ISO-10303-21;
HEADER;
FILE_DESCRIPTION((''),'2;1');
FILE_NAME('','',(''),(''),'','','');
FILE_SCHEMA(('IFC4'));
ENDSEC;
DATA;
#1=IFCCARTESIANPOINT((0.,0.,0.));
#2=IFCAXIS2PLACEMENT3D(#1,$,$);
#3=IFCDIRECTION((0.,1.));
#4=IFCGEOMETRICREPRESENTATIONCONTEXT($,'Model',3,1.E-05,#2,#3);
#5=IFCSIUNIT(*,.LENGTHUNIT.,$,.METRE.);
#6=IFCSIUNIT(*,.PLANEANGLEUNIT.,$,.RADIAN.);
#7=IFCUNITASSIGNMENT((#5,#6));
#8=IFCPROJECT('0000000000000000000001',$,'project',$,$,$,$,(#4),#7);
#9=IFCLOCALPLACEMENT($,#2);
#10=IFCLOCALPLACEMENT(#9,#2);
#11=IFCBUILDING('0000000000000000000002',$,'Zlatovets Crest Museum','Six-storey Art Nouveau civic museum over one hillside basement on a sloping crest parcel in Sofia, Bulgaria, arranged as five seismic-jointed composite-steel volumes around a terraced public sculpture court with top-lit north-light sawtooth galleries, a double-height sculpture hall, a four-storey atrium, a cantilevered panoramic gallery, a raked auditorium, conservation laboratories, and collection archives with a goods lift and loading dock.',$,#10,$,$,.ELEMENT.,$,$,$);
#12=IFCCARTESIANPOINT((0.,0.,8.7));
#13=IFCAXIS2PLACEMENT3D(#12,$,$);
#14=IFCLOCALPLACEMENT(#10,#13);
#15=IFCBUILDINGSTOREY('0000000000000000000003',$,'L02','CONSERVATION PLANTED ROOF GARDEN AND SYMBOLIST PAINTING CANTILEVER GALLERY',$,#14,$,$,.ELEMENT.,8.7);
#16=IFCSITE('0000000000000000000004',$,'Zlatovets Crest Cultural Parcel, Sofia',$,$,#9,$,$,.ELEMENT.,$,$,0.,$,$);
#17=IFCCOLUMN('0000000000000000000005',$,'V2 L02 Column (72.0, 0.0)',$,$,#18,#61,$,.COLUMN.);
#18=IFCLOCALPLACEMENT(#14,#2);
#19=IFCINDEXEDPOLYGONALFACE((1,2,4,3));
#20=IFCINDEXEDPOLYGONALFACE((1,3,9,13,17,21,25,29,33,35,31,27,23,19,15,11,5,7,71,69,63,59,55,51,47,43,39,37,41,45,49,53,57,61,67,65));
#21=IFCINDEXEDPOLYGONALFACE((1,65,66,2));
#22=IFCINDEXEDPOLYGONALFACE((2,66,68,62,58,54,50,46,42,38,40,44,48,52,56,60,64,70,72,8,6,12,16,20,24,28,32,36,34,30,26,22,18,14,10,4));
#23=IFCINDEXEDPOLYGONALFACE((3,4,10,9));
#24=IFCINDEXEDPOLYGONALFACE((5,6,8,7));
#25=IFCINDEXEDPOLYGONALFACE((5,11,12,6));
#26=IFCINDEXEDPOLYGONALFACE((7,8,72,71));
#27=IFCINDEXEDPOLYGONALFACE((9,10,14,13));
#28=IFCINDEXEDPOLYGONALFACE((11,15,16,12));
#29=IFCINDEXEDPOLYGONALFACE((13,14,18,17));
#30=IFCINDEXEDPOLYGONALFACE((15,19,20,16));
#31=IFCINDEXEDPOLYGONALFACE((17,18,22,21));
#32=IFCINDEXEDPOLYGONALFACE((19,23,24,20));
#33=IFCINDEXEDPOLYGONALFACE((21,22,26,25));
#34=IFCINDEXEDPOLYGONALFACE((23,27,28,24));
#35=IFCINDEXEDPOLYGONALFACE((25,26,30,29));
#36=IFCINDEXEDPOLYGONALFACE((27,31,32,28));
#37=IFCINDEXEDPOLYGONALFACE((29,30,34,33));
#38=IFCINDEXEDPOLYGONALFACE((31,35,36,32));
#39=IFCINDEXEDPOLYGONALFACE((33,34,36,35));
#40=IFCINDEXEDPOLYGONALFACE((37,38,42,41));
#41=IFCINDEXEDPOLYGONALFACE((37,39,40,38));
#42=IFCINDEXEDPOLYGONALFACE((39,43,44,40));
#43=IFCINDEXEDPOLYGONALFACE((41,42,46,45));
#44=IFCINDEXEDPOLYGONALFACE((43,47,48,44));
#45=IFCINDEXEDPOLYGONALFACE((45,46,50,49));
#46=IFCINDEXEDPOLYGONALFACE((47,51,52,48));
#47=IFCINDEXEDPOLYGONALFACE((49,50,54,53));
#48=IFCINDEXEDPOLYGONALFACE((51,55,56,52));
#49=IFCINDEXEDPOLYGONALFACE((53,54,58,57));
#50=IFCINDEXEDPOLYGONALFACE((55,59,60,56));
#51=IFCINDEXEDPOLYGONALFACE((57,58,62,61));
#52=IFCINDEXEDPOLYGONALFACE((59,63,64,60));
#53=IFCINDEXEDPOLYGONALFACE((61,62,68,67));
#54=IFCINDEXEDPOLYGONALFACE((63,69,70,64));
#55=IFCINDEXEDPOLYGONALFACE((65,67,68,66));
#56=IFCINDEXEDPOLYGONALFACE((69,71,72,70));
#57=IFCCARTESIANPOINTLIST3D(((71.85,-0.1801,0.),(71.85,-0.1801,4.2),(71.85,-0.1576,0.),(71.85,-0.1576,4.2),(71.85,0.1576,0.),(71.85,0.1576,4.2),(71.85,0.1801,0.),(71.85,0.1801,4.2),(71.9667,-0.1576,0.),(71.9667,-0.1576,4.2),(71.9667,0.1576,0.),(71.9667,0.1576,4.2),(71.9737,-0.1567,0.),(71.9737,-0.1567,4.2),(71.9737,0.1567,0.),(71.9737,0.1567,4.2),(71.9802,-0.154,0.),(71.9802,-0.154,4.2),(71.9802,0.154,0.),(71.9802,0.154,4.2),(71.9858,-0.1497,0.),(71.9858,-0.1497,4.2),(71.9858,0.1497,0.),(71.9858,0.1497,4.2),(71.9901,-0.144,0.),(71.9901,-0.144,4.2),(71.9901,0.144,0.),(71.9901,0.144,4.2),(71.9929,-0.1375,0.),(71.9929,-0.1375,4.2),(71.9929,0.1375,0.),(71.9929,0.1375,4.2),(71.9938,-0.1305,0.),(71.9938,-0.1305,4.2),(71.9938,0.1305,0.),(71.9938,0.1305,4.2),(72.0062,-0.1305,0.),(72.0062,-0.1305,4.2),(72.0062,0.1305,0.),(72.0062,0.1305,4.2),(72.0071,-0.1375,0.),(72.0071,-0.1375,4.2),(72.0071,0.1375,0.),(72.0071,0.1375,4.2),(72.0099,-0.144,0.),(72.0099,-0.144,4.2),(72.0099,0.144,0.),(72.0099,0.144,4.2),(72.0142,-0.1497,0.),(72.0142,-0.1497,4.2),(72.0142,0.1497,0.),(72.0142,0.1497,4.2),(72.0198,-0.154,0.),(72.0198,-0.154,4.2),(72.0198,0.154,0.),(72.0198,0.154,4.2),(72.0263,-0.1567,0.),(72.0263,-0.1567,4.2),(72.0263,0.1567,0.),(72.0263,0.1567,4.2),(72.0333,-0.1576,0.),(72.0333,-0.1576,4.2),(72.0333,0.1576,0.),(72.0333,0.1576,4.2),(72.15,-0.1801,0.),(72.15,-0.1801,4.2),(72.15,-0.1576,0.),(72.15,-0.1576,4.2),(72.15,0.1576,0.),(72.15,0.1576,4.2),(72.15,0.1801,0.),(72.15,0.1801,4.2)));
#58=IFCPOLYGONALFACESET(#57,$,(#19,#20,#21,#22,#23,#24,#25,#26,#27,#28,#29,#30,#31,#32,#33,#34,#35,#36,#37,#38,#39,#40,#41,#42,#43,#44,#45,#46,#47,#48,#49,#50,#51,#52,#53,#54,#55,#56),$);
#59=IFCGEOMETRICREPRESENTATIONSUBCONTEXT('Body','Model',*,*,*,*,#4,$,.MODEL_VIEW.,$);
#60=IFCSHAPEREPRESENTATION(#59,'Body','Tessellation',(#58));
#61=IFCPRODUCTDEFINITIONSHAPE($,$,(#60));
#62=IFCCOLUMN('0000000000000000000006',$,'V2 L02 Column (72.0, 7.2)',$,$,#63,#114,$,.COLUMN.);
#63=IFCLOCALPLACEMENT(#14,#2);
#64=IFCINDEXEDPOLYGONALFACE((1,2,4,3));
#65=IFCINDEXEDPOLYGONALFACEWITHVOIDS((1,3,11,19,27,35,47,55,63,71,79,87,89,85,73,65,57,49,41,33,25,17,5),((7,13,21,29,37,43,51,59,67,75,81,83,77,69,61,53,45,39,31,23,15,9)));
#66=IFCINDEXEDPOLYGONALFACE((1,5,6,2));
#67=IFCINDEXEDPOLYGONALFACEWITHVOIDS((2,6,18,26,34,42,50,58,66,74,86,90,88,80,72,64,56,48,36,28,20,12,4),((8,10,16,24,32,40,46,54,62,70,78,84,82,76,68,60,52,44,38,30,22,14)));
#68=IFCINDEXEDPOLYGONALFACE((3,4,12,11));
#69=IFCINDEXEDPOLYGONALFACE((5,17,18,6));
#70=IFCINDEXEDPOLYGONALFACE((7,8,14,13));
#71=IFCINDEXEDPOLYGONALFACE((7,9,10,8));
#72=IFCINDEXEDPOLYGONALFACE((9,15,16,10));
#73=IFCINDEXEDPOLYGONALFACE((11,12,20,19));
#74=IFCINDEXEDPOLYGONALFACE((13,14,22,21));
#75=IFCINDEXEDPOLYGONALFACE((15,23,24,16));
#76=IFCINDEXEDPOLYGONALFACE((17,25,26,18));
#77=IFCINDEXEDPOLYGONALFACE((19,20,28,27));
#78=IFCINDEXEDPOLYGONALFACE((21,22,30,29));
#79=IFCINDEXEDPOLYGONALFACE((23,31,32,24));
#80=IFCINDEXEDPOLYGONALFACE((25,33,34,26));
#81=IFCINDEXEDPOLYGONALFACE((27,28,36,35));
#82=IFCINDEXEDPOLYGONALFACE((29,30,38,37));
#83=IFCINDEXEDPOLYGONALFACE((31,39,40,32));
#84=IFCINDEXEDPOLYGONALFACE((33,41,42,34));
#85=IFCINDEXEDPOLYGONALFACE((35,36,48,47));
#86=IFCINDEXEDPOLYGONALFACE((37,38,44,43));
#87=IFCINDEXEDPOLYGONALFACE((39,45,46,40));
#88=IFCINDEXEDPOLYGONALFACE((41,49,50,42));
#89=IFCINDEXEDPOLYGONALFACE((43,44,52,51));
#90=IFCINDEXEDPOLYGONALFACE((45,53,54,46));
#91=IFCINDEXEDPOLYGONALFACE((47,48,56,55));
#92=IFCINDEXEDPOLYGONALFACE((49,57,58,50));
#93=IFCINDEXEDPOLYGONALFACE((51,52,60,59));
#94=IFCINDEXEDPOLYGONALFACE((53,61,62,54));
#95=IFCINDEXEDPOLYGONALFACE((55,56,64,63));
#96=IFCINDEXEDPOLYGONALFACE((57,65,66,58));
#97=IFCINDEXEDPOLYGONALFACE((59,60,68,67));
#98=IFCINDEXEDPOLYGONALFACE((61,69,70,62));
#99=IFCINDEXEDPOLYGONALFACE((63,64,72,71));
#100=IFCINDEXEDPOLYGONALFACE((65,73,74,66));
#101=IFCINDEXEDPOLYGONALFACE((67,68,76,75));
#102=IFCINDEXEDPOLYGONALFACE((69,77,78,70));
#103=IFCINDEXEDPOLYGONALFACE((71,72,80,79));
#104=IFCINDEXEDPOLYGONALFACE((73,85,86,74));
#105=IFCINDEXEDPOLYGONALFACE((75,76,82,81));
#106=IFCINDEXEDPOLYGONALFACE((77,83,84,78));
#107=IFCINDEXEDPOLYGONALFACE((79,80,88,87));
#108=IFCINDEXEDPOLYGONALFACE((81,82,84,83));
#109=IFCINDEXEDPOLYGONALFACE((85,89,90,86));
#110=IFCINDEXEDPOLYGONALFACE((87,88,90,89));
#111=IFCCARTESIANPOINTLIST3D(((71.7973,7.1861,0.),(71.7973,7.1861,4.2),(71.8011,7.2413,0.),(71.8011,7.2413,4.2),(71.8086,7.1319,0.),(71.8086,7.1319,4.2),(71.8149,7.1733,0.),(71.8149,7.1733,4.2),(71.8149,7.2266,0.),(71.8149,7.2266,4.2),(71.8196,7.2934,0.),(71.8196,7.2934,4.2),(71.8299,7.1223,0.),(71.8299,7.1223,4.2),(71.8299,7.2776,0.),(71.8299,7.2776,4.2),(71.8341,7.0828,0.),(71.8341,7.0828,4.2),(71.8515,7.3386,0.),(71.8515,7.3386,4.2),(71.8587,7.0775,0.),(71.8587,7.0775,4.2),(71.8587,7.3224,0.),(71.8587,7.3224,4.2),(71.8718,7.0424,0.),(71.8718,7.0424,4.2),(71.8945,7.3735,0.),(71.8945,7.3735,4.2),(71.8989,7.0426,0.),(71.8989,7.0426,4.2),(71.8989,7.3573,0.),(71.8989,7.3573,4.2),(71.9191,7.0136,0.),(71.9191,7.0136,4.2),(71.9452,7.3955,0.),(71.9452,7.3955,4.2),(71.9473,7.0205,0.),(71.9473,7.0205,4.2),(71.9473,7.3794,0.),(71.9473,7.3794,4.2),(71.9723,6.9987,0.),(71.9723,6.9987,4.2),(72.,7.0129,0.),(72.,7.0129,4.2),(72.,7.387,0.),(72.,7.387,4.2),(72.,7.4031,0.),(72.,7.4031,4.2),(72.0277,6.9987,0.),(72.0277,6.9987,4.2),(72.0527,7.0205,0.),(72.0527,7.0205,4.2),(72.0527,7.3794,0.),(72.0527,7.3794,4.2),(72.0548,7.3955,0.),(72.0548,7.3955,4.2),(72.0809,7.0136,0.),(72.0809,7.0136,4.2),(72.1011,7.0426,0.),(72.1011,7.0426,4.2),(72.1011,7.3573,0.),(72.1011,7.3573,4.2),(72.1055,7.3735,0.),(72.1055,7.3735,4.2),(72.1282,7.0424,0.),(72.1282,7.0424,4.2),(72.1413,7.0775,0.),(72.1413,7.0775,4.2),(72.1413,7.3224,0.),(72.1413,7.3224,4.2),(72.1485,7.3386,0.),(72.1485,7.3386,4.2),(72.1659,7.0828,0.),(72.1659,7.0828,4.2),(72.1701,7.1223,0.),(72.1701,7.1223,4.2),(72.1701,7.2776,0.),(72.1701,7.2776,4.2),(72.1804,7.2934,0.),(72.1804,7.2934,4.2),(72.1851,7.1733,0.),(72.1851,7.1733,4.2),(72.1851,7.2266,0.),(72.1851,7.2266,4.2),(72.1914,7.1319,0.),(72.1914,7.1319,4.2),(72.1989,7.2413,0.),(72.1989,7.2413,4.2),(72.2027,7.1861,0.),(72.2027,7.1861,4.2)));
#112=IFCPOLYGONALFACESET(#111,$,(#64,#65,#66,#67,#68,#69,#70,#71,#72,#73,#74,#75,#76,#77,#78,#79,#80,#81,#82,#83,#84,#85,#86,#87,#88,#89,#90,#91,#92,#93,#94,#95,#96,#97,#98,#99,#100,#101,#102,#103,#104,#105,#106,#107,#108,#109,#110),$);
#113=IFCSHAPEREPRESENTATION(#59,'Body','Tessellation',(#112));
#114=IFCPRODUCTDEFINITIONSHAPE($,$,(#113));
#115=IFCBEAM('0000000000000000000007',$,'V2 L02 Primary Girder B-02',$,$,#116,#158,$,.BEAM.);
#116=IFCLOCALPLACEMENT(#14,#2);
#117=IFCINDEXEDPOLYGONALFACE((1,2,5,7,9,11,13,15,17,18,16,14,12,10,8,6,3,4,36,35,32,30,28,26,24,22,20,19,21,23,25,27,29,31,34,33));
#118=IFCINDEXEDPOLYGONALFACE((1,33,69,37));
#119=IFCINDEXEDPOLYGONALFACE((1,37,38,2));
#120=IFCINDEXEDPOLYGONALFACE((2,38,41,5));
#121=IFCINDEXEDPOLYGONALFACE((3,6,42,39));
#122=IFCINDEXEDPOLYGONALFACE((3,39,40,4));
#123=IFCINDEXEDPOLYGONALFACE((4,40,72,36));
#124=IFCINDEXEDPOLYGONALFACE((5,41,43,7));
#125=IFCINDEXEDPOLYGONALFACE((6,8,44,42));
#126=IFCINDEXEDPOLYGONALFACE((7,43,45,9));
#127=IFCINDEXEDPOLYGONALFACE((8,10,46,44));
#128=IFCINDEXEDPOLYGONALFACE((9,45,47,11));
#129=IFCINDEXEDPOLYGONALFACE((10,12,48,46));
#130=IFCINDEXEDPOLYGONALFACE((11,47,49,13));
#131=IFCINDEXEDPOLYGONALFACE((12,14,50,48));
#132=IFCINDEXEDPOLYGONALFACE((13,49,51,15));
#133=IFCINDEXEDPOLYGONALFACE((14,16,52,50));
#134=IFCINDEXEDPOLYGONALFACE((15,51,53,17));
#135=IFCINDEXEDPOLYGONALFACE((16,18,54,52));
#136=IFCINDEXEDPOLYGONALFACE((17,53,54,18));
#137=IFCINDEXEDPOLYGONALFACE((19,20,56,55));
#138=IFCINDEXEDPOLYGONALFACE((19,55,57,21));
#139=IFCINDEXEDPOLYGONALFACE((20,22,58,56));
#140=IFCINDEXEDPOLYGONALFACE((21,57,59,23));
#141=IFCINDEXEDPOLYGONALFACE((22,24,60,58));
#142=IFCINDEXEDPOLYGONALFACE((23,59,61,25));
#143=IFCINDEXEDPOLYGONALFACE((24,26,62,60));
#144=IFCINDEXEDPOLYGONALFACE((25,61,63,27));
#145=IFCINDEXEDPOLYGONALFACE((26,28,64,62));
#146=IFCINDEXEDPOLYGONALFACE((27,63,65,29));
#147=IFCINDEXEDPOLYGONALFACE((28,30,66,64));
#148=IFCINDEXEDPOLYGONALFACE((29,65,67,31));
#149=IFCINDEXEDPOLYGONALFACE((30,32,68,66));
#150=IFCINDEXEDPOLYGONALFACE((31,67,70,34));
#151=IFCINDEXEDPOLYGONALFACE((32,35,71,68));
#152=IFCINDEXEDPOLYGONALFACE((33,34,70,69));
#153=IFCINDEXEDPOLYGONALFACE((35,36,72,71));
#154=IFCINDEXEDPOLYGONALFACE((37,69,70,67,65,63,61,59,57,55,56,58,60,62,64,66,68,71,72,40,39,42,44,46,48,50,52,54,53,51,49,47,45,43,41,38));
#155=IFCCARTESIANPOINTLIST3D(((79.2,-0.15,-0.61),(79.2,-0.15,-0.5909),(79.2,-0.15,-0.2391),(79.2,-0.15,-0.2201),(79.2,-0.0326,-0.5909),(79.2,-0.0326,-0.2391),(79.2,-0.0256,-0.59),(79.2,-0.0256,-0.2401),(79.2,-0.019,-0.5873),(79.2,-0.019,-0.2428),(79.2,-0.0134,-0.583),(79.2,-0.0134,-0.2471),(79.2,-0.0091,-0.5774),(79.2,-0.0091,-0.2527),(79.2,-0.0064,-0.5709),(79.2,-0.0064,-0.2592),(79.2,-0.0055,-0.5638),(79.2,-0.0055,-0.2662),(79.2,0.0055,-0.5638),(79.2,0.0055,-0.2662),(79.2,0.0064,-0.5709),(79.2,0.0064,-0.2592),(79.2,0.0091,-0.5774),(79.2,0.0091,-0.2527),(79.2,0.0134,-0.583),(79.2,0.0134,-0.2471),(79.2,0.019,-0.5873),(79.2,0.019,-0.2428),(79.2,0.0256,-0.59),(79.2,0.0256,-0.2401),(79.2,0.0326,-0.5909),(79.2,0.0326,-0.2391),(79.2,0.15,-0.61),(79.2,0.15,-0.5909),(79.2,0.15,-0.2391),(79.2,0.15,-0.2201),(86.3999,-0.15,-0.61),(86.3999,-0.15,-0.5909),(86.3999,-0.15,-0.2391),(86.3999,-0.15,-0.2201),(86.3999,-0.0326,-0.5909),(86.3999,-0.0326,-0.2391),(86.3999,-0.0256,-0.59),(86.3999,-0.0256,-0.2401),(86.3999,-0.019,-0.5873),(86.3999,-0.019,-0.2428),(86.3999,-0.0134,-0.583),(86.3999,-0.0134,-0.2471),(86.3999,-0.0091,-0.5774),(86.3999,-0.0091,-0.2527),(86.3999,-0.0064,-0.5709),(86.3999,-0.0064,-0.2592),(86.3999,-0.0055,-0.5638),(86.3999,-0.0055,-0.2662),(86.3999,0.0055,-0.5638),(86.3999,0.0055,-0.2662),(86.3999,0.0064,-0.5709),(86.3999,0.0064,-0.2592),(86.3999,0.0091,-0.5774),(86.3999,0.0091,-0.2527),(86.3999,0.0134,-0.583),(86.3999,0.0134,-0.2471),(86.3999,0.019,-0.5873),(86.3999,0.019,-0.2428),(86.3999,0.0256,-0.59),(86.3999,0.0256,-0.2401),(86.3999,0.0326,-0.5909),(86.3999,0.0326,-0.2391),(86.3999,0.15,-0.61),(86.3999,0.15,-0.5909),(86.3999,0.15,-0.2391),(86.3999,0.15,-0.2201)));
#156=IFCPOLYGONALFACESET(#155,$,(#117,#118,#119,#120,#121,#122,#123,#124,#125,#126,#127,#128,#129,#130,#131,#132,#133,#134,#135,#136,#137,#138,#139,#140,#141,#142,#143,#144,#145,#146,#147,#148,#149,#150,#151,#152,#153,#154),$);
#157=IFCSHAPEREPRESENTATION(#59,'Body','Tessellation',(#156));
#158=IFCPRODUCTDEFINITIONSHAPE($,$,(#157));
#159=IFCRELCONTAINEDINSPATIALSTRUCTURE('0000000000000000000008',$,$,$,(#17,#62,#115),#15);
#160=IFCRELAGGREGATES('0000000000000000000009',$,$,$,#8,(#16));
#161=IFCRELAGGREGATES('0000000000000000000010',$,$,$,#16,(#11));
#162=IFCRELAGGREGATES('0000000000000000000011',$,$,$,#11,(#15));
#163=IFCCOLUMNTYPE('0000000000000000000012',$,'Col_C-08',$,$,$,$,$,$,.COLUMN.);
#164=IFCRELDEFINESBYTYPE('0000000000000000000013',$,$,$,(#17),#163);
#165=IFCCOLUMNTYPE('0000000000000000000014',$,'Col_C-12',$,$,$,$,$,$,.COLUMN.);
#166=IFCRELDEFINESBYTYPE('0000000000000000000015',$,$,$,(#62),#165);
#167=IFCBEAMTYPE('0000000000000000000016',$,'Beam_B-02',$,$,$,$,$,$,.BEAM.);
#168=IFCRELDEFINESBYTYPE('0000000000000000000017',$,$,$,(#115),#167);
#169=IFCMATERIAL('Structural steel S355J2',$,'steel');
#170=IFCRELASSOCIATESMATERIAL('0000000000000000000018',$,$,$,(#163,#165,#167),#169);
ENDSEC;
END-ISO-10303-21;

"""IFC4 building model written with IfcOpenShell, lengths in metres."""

from ifc_helpers import new_model, si_unit, direction, frame, origin, origin_2d, place, context, subcontext, project, spatial, hollow_circle, i_section, extrude, material, material_profile, profile_set, type_object, element, save


model = new_model("IFC4")

# Units and contexts
model_context = context("Model", 3, precision=1e-05, world=origin(), true_north=direction((0.0, 1.0)))
body_context = subcontext(model_context, "Body", "Model", "MODEL_VIEW")
ifc_project = project(units=[si_unit("LENGTHUNIT", "METRE"), si_unit("PLANEANGLEUNIT", "RADIAN")], contexts=[model_context])

# Site, building, storey
site_placement = place(None, origin())
site = spatial("IfcSite", under=ifc_project, at=site_placement, Name="Zlatovets Crest Cultural Parcel, Sofia", CompositionType="ELEMENT", RefElevation=0.0)
building_placement = place(site_placement, origin())
building = spatial("IfcBuilding", under=site, at=building_placement, Name="Zlatovets Crest Museum", Description="Six-storey Art Nouveau civic museum over one hillside basement on a sloping crest parcel in Sofia, Bulgaria, arranged as five seismic-jointed composite-steel volumes around a terraced public sculpture court with top-lit north-light sawtooth galleries, a double-height sculpture hall, a four-storey atrium, a cantilevered panoramic gallery, a raked auditorium, conservation laboratories, and collection archives with a goods lift and loading dock.", CompositionType="ELEMENT")
storey_placement = place(building_placement, frame((0.0, 0.0, 8.7)))
storey = spatial("IfcBuildingStorey", under=building, at=storey_placement, Name="L02", Description="CONSERVATION PLANTED ROOF GARDEN AND SYMBOLIST PAINTING CANTILEVER GALLERY", CompositionType="ELEMENT", Elevation=8.7)

# Columns
ifc_material_1 = material(Name="Structural steel S355J2", Category="steel")
ifc_material_profile_1 = material_profile(ifc_material_1, i_section(OverallWidth=0.3, OverallDepth=0.3601, WebThickness=0.0125, FlangeThickness=0.0225, FilletRadius=0.0271, at=origin_2d()), Name="HEB 360")
ifc_profile_set_1 = profile_set([ifc_material_profile_1], Name="Structural steel S355J2")
column_type_1 = type_object("IfcColumnType", Name="Col_C-08", PredefinedType="COLUMN", material=ifc_profile_set_1)
column_1_placement = place(storey_placement, frame((72.0, 0.0, 0.0), z_axis=(0.0, 0.0, 1.0), x_axis=(1.0, 0.0, 0.0)))
element("IfcColumn", 1, at=column_1_placement, inside=storey, type_object=column_type_1, Name="V2 L02 Column (72.0, 0.0)", PredefinedType="COLUMN", context=body_context, shape_type="SweptSolid", body=[
    extrude(i_section(OverallWidth=0.3, OverallDepth=0.3601, WebThickness=0.0125, FlangeThickness=0.0225, FilletRadius=0.0271, at=origin_2d()), origin(), (0.0, 0.0, 1.0), 4.2),
])
ifc_material_profile_2 = material_profile(ifc_material_1, hollow_circle(Radius=0.2031, WallThickness=0.0161, at=origin_2d()), Name="CHS 406.4x16.0")
ifc_profile_set_2 = profile_set([ifc_material_profile_2], Name="Structural steel S355J2")
column_type_2 = type_object("IfcColumnType", Name="Col_C-12", PredefinedType="COLUMN", material=ifc_profile_set_2)
column_2_placement = place(storey_placement, frame((72.0, 7.2, 0.0), z_axis=(0.0, 0.0, 1.0), x_axis=(0.0, 1.0, 0.0)))
element("IfcColumn", 2, at=column_2_placement, inside=storey, type_object=column_type_2, Name="V2 L02 Column (72.0, 7.2)", PredefinedType="COLUMN", context=body_context, shape_type="SweptSolid", body=[
    extrude(hollow_circle(Radius=0.2031, WallThickness=0.0161, at=origin_2d()), origin(), (0.0, 0.0, 1.0), 4.2),
])

# Beam
ifc_material_profile_3 = material_profile(ifc_material_1, i_section(OverallWidth=0.3, OverallDepth=0.3899, WebThickness=0.011, FlangeThickness=0.019, FilletRadius=0.0271, at=origin_2d()), Name="HEA 400")
ifc_profile_set_3 = profile_set([ifc_material_profile_3], Name="Structural steel S355J2")
beam_type_1 = type_object("IfcBeamType", Name="Beam_B-02", PredefinedType="BEAM", material=ifc_profile_set_3)
for number, where, z_axis, x_axis, name in (
    (3, (79.2, 0.0, -0.415), (1.0, 0.0, 0.0), (0.0, 1.0, 0.0), "V2 L02 Primary Girder B-02"),
):
    element("IfcBeam", number, at=place(storey_placement, frame(where, z_axis=z_axis, x_axis=x_axis)), inside=storey, type_object=beam_type_1, Name=name, PredefinedType="BEAM", context=body_context, shape_type="SweptSolid", body=[
        extrude(i_section(OverallWidth=0.3, OverallDepth=0.3899, WebThickness=0.011, FlangeThickness=0.019, FilletRadius=0.0271, at=origin_2d()), origin(), (0.0, 0.0, 1.0), 7.2),
    ])

save(model, "model.ifc")
